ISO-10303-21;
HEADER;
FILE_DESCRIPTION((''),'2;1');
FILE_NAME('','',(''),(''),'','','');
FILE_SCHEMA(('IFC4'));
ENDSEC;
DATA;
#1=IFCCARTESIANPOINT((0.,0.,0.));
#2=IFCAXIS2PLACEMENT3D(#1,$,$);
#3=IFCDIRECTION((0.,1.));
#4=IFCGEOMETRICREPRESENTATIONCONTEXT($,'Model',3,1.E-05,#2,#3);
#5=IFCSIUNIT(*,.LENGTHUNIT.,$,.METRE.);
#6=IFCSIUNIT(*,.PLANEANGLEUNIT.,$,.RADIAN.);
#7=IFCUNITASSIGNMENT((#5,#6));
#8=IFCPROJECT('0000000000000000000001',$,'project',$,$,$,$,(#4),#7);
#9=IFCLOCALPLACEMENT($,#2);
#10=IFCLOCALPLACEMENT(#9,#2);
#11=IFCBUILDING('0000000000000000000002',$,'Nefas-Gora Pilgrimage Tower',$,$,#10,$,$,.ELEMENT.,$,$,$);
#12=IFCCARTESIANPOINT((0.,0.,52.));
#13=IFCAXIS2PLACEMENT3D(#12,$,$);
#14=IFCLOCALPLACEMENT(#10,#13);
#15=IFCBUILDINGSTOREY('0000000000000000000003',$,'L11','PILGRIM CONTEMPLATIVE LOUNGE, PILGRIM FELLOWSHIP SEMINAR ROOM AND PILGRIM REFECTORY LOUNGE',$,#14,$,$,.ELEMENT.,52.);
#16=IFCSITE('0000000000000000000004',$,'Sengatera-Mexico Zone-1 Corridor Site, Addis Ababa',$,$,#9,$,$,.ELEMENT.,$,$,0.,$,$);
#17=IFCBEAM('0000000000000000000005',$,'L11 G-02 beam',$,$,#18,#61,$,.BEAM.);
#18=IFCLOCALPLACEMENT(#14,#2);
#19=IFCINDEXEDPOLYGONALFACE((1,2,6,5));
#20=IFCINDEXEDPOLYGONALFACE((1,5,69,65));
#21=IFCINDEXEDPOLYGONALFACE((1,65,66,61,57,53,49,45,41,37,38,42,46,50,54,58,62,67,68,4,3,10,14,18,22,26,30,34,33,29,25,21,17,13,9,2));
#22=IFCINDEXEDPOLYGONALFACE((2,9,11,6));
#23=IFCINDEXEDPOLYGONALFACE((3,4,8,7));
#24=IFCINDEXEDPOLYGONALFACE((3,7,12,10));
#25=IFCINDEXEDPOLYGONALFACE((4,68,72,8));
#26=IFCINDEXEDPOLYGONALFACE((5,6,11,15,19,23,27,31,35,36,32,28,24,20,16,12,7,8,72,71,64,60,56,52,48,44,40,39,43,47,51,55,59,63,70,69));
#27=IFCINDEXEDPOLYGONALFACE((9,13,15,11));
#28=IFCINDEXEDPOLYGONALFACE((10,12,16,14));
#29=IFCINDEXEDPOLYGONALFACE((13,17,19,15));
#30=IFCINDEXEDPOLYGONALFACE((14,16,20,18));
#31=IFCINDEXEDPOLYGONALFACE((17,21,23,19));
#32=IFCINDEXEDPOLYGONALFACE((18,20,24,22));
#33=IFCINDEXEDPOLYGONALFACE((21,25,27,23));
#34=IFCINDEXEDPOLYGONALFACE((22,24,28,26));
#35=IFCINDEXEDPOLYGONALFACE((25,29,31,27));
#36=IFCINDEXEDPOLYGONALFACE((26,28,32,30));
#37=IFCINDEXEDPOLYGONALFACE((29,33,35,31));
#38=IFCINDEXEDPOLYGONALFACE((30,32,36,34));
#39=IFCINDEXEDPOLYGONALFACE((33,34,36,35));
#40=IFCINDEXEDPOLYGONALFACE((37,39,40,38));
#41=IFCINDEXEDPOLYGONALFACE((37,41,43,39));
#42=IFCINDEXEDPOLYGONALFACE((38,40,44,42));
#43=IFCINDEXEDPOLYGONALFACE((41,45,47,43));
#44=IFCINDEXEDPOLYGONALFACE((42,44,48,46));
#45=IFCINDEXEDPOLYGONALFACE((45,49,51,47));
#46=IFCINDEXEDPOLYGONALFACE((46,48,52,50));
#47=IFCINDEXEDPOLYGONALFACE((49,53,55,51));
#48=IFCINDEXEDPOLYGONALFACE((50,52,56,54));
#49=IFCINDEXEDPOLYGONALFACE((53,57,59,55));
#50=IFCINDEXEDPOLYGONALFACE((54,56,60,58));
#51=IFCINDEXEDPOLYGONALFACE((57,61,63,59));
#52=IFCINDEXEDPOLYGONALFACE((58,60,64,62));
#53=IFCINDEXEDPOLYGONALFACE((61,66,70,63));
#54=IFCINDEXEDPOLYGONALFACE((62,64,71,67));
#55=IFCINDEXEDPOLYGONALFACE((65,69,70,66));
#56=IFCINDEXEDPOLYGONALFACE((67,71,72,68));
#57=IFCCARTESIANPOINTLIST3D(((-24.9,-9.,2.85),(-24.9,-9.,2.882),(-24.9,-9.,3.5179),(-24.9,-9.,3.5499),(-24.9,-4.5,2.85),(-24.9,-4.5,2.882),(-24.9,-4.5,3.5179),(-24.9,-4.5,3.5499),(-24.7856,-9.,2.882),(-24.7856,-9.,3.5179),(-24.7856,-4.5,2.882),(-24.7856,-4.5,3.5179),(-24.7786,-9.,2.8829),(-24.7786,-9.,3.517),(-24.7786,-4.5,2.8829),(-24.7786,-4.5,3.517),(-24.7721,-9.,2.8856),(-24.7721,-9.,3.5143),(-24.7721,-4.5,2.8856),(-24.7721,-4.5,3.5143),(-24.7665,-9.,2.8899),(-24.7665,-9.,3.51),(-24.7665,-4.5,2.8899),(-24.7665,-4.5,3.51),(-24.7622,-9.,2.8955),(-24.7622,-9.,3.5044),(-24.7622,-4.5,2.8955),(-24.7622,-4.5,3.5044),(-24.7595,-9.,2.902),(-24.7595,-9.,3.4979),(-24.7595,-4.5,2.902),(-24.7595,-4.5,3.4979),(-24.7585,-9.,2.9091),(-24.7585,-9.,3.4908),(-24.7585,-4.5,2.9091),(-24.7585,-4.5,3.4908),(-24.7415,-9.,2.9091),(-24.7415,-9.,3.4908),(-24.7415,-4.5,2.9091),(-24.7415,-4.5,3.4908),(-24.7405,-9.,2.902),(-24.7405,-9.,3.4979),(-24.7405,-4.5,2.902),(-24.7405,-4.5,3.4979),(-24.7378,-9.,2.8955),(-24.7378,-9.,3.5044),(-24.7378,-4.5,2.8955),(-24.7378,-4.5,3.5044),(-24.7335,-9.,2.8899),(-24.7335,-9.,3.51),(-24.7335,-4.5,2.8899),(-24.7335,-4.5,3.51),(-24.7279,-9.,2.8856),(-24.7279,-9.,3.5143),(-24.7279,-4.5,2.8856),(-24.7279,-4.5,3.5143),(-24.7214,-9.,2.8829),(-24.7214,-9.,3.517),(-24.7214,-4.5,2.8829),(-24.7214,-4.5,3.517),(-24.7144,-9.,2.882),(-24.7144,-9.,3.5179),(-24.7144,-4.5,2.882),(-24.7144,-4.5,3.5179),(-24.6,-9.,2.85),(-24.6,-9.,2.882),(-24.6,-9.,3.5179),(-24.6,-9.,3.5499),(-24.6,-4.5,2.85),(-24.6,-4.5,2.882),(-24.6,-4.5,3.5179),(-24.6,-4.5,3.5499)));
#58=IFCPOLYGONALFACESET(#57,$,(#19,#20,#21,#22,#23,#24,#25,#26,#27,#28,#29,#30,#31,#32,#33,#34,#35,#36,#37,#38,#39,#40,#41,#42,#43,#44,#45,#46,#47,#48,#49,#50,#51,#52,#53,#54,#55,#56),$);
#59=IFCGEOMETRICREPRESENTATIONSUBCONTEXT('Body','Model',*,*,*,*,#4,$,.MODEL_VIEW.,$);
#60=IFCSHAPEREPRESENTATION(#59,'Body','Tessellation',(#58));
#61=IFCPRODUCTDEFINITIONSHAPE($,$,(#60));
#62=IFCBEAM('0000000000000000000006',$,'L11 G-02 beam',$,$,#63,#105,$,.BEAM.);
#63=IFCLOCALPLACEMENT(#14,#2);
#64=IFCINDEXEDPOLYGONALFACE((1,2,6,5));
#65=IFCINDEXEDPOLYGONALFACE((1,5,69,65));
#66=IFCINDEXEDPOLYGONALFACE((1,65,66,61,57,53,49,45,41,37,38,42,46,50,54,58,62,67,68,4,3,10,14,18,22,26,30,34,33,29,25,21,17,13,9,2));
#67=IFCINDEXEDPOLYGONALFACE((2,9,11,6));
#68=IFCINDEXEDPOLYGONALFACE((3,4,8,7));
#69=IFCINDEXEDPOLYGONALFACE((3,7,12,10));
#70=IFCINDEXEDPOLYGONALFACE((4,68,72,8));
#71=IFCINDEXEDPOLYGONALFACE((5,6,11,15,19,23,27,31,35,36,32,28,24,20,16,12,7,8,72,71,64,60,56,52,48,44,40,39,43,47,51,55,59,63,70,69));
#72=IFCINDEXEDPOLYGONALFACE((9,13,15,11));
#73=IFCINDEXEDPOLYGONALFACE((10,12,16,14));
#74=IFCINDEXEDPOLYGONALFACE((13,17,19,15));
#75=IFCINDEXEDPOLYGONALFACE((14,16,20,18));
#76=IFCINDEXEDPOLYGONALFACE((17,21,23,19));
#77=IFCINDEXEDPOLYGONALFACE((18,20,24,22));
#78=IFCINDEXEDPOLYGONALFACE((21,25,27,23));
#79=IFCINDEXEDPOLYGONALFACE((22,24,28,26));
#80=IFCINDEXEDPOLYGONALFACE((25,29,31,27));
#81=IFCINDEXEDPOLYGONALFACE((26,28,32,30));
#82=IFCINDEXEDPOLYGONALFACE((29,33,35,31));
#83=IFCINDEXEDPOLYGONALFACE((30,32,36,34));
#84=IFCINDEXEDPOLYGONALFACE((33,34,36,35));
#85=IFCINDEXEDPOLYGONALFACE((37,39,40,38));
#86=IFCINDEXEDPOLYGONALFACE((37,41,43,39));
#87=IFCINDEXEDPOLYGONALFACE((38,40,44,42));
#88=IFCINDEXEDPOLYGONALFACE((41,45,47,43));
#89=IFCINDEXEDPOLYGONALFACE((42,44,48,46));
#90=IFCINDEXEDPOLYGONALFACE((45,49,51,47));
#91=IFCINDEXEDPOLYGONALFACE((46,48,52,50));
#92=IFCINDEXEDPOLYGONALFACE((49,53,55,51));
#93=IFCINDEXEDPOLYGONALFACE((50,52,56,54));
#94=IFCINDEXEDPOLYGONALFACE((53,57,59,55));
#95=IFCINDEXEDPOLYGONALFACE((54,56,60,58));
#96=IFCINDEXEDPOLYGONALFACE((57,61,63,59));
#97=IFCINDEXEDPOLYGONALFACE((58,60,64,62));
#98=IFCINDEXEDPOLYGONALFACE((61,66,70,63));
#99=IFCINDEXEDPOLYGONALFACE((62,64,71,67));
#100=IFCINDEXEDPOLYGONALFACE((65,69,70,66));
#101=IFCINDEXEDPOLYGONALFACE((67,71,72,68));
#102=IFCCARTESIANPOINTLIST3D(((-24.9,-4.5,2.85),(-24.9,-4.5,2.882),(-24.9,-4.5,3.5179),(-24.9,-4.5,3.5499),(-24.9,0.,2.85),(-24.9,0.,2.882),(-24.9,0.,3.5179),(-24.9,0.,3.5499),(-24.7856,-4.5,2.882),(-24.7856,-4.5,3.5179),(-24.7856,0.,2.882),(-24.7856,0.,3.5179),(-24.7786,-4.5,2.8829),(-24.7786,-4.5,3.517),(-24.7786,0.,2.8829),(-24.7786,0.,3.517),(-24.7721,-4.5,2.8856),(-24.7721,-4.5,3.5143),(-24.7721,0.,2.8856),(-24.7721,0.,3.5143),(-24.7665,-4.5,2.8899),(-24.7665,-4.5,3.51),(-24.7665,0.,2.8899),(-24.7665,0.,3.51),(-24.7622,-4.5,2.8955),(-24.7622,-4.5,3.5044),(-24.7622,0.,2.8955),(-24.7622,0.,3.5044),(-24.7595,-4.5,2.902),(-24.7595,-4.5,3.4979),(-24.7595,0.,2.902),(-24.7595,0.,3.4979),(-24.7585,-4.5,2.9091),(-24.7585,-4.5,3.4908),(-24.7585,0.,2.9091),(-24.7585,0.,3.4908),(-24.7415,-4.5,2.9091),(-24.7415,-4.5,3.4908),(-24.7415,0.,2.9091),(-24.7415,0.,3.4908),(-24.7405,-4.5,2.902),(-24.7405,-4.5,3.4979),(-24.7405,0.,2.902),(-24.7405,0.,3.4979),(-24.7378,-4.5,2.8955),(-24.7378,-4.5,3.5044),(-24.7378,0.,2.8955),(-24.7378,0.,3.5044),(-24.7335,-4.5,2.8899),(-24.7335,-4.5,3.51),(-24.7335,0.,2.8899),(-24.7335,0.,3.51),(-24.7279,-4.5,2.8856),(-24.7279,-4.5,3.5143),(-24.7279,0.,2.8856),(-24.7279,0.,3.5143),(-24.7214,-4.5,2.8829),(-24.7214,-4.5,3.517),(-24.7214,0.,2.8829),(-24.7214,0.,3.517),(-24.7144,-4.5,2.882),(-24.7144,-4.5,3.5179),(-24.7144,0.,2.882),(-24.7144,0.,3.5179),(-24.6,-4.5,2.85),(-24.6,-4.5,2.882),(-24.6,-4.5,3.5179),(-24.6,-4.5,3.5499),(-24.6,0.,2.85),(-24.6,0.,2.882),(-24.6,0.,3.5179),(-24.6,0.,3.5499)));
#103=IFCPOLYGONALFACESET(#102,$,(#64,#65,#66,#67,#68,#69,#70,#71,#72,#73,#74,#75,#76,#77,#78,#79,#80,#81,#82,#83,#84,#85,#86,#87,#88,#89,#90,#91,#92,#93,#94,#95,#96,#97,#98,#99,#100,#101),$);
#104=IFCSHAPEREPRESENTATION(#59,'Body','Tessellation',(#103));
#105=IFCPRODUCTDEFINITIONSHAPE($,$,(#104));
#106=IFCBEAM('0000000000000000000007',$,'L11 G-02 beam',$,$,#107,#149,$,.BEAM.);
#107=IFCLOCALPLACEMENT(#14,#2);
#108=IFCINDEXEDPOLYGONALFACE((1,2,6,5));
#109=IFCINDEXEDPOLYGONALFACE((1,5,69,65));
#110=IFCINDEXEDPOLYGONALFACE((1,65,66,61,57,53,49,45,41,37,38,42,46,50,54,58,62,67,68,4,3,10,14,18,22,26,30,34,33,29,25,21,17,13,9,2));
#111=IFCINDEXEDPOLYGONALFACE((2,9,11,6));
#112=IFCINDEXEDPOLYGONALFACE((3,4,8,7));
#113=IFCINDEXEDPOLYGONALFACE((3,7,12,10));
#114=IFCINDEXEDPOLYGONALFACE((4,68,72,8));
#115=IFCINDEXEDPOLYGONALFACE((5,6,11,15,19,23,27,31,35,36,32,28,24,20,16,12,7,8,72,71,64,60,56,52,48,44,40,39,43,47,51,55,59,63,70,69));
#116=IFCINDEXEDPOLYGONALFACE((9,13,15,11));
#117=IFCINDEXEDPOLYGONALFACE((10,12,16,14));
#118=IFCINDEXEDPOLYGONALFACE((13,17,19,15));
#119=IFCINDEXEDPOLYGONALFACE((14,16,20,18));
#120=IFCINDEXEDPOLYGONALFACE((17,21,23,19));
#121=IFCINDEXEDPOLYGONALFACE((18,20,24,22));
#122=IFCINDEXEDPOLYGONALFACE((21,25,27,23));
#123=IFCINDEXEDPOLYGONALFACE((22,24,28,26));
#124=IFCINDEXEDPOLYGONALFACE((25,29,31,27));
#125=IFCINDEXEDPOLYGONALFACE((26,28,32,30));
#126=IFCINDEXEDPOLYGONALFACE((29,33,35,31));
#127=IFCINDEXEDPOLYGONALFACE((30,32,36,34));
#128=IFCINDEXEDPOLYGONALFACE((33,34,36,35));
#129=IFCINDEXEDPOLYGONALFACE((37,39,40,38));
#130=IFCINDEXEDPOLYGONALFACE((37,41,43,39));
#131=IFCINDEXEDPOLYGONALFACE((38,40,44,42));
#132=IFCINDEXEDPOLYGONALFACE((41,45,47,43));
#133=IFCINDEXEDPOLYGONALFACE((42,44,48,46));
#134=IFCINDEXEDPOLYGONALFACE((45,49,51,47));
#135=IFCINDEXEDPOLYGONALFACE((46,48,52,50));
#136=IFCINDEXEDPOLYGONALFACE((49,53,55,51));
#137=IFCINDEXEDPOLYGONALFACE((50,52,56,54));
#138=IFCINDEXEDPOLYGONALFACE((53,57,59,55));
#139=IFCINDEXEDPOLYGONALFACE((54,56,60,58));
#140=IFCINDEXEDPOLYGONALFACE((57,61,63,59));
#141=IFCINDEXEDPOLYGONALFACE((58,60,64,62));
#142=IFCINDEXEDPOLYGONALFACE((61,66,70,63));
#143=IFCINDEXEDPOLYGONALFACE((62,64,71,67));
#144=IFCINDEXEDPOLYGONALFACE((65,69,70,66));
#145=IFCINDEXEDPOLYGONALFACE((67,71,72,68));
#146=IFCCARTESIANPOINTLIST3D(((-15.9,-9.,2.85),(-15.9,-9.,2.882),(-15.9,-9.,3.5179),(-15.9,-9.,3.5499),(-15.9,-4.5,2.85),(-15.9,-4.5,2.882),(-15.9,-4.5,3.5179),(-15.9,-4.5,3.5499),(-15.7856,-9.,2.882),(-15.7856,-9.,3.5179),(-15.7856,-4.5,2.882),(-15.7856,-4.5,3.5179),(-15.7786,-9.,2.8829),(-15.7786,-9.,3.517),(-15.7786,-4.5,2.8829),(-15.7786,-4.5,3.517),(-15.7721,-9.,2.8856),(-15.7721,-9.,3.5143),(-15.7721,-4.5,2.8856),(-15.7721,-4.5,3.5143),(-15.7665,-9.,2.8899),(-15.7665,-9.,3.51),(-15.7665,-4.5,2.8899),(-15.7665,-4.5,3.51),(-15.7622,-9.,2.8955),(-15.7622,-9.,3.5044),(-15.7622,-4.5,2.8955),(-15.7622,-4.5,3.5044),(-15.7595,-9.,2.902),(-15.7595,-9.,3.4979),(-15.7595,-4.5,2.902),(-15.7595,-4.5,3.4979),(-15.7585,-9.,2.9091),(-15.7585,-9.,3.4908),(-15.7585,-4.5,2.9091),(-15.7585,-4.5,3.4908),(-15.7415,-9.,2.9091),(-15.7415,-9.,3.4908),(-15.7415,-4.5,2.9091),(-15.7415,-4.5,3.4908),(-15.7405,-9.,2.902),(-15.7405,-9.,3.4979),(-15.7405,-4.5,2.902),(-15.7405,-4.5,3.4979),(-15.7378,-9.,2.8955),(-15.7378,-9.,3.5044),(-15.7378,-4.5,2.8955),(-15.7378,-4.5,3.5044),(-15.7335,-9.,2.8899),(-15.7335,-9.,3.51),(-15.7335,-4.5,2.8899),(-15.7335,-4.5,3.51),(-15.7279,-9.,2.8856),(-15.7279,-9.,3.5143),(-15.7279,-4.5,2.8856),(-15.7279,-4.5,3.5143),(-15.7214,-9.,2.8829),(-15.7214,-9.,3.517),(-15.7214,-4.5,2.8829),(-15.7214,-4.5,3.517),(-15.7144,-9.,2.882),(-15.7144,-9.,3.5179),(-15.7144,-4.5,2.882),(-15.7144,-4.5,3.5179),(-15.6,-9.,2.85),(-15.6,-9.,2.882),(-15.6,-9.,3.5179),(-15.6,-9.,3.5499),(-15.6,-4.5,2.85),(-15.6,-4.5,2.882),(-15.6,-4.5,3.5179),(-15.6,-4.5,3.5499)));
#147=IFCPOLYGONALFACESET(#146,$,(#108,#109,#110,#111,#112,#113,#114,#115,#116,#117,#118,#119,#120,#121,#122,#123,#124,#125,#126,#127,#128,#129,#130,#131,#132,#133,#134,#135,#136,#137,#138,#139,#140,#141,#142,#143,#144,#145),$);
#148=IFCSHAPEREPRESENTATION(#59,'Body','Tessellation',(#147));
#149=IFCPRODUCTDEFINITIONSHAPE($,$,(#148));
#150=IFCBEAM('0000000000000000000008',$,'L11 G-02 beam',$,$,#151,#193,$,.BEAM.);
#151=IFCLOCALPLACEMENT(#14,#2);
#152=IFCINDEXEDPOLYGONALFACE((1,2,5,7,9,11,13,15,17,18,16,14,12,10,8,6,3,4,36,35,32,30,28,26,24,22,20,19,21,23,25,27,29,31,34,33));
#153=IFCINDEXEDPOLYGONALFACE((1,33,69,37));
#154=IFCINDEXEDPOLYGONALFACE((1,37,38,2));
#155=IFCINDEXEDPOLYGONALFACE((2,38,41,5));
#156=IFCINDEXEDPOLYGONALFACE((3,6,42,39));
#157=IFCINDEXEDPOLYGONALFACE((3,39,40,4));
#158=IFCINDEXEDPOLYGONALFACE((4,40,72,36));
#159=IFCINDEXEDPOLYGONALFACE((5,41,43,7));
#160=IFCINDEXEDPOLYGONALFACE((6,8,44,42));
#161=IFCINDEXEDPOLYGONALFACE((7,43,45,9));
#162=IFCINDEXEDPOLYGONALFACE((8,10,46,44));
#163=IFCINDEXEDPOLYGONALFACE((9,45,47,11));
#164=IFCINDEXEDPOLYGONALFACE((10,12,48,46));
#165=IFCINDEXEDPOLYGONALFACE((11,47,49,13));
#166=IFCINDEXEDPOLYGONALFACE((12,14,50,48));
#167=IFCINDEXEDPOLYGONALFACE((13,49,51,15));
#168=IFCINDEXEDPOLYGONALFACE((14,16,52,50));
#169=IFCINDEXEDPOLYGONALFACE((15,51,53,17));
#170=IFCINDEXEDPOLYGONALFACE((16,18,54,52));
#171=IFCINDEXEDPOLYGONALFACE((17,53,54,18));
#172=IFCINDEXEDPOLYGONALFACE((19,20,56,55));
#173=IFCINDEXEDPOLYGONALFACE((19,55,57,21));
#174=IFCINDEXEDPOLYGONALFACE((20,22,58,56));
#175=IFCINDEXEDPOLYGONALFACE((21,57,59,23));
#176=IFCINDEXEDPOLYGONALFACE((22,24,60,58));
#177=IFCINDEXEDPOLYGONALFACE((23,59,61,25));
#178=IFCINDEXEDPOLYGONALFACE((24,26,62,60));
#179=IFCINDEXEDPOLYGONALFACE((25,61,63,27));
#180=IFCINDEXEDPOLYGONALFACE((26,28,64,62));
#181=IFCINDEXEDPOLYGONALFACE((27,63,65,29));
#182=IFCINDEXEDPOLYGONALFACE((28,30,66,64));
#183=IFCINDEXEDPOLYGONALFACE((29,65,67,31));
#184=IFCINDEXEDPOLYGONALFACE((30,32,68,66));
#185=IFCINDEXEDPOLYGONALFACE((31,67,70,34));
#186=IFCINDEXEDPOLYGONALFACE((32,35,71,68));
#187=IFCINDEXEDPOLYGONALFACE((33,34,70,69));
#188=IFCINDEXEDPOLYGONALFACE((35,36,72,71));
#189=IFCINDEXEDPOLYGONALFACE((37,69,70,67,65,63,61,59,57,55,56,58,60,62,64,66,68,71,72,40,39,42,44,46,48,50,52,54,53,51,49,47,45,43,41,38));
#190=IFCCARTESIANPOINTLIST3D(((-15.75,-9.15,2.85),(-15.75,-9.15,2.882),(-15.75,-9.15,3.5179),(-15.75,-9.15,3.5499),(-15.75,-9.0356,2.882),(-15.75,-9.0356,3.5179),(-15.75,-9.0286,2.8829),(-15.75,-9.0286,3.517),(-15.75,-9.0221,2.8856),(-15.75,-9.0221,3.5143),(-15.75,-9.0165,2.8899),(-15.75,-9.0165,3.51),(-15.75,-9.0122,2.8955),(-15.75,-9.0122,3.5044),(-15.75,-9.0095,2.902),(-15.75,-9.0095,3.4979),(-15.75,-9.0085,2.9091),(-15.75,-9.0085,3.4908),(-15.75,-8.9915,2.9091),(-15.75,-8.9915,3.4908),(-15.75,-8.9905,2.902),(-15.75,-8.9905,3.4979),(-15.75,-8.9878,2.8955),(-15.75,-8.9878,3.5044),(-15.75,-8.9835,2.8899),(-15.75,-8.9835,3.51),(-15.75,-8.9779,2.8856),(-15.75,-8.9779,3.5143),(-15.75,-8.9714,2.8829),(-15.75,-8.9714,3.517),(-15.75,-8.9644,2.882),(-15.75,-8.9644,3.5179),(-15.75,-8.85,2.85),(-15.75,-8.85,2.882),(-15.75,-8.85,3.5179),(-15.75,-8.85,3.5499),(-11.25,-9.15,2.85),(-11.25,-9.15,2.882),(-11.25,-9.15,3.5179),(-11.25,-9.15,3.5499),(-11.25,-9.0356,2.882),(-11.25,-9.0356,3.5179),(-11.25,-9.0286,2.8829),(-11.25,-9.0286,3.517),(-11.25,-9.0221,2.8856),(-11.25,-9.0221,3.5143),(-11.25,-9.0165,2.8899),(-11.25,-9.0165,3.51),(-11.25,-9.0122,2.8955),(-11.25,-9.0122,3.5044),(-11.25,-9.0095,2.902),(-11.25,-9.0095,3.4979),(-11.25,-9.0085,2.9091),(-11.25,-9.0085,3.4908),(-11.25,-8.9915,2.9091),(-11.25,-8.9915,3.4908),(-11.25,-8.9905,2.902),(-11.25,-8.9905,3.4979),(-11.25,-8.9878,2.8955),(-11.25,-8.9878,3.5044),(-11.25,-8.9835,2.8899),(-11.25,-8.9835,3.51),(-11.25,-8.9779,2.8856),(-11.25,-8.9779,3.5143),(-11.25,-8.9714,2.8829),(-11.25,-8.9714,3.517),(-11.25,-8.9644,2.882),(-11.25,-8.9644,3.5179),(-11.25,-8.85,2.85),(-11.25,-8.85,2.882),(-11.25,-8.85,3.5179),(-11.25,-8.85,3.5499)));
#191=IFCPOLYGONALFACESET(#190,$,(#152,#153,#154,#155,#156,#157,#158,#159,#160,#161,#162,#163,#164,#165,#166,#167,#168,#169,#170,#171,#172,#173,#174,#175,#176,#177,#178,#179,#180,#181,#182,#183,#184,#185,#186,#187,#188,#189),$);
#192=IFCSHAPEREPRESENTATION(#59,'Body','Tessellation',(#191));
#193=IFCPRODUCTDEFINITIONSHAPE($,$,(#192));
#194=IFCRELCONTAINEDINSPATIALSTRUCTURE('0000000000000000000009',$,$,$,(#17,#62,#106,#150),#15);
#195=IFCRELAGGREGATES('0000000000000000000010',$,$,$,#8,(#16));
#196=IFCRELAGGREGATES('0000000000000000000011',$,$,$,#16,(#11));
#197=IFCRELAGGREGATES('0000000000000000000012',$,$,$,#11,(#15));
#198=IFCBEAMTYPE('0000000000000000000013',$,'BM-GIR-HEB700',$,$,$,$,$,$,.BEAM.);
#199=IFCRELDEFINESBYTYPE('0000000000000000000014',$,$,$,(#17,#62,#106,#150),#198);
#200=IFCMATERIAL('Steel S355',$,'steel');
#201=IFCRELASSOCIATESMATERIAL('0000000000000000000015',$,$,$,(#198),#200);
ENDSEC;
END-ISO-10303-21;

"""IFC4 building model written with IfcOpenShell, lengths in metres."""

from ifc_helpers import new_model, si_unit, direction, frame, origin, origin_2d, place, context, subcontext, project, spatial, i_section, extrude, source, transform, mapped, material, material_profile, profile_set, type_object, element, save


model = new_model("IFC4")

# Units and contexts
model_context = context("Model", 3, precision=1e-05, world=origin(), true_north=direction((0.0, 1.0)))
body_context = subcontext(model_context, "Body", "Model", "MODEL_VIEW")
ifc_project = project(units=[si_unit("LENGTHUNIT", "METRE"), si_unit("PLANEANGLEUNIT", "RADIAN")], contexts=[model_context])

# Site, building, storey
site_placement = place(None, origin())
site = spatial("IfcSite", under=ifc_project, at=site_placement, Name="Sengatera-Mexico Zone-1 Corridor Site, Addis Ababa", CompositionType="ELEMENT", RefElevation=0.0)
building_placement = place(site_placement, origin())
building = spatial("IfcBuilding", under=site, at=building_placement, Name="Nefas-Gora Pilgrimage Tower", CompositionType="ELEMENT")
storey_placement = place(building_placement, frame((0.0, 0.0, 52.0)))
storey = spatial("IfcBuildingStorey", under=building, at=storey_placement, Name="L11", Description="PILGRIM CONTEMPLATIVE LOUNGE, PILGRIM FELLOWSHIP SEMINAR ROOM AND PILGRIM REFECTORY LOUNGE", CompositionType="ELEMENT", Elevation=52.0)

# Beams
ifc_material_1 = material(Name="Steel S355", Category="steel")
ifc_material_profile_1 = material_profile(ifc_material_1, i_section(OverallWidth=0.3, OverallDepth=0.7, WebThickness=0.0171, FlangeThickness=0.032, FilletRadius=0.0271, at=origin_2d()), Name="HEB 700")
ifc_profile_set_1 = profile_set([ifc_material_profile_1], Name="Steel S355")
beam_type_1 = type_object("IfcBeamType", Name="BM-GIR-HEB700", PredefinedType="BEAM", material=ifc_profile_set_1)
shared_shape_1 = source(origin(), body_context, "Body", "SweptSolid", [
    extrude(i_section(OverallWidth=0.3, OverallDepth=0.7, WebThickness=0.0171, FlangeThickness=0.032, FilletRadius=0.0271, at=origin_2d()), origin(), (0.0, 0.0, 1.0), 4.5),
])
for number, where, z_axis, x_axis, name in (
    (1, (-24.75, -9.0, 3.2), (0.0, 1.0, 0.0), (-1.0, 0.0, 0.0), "L11 G-02 beam"),
    (2, (-24.75, -4.5, 3.2), (0.0, 1.0, 0.0), (-1.0, 0.0, 0.0), "L11 G-02 beam"),
    (3, (-15.75, -9.0, 3.2), (0.0, 1.0, 0.0), (-1.0, 0.0, 0.0), "L11 G-02 beam"),
    (4, (-15.75, -9.0, 3.2), (1.0, 0.0, 0.0), (0.0, 1.0, 0.0), "L11 G-02 beam"),
):
    element("IfcBeam", number, at=place(storey_placement, frame(where, z_axis=z_axis, x_axis=x_axis)), inside=storey, type_object=beam_type_1, Name=name, PredefinedType="BEAM", context=body_context, shape_type="MappedRepresentation", body=[
        mapped(shared_shape_1, transform((0.0, 0.0, 0.0), x_axis=(1.0, 0.0, 0.0), y_axis=(0.0, 1.0, 0.0), z_axis=(0.0, 0.0, 1.0), scale=1.0)),
    ])

save(model, "model.ifc")
